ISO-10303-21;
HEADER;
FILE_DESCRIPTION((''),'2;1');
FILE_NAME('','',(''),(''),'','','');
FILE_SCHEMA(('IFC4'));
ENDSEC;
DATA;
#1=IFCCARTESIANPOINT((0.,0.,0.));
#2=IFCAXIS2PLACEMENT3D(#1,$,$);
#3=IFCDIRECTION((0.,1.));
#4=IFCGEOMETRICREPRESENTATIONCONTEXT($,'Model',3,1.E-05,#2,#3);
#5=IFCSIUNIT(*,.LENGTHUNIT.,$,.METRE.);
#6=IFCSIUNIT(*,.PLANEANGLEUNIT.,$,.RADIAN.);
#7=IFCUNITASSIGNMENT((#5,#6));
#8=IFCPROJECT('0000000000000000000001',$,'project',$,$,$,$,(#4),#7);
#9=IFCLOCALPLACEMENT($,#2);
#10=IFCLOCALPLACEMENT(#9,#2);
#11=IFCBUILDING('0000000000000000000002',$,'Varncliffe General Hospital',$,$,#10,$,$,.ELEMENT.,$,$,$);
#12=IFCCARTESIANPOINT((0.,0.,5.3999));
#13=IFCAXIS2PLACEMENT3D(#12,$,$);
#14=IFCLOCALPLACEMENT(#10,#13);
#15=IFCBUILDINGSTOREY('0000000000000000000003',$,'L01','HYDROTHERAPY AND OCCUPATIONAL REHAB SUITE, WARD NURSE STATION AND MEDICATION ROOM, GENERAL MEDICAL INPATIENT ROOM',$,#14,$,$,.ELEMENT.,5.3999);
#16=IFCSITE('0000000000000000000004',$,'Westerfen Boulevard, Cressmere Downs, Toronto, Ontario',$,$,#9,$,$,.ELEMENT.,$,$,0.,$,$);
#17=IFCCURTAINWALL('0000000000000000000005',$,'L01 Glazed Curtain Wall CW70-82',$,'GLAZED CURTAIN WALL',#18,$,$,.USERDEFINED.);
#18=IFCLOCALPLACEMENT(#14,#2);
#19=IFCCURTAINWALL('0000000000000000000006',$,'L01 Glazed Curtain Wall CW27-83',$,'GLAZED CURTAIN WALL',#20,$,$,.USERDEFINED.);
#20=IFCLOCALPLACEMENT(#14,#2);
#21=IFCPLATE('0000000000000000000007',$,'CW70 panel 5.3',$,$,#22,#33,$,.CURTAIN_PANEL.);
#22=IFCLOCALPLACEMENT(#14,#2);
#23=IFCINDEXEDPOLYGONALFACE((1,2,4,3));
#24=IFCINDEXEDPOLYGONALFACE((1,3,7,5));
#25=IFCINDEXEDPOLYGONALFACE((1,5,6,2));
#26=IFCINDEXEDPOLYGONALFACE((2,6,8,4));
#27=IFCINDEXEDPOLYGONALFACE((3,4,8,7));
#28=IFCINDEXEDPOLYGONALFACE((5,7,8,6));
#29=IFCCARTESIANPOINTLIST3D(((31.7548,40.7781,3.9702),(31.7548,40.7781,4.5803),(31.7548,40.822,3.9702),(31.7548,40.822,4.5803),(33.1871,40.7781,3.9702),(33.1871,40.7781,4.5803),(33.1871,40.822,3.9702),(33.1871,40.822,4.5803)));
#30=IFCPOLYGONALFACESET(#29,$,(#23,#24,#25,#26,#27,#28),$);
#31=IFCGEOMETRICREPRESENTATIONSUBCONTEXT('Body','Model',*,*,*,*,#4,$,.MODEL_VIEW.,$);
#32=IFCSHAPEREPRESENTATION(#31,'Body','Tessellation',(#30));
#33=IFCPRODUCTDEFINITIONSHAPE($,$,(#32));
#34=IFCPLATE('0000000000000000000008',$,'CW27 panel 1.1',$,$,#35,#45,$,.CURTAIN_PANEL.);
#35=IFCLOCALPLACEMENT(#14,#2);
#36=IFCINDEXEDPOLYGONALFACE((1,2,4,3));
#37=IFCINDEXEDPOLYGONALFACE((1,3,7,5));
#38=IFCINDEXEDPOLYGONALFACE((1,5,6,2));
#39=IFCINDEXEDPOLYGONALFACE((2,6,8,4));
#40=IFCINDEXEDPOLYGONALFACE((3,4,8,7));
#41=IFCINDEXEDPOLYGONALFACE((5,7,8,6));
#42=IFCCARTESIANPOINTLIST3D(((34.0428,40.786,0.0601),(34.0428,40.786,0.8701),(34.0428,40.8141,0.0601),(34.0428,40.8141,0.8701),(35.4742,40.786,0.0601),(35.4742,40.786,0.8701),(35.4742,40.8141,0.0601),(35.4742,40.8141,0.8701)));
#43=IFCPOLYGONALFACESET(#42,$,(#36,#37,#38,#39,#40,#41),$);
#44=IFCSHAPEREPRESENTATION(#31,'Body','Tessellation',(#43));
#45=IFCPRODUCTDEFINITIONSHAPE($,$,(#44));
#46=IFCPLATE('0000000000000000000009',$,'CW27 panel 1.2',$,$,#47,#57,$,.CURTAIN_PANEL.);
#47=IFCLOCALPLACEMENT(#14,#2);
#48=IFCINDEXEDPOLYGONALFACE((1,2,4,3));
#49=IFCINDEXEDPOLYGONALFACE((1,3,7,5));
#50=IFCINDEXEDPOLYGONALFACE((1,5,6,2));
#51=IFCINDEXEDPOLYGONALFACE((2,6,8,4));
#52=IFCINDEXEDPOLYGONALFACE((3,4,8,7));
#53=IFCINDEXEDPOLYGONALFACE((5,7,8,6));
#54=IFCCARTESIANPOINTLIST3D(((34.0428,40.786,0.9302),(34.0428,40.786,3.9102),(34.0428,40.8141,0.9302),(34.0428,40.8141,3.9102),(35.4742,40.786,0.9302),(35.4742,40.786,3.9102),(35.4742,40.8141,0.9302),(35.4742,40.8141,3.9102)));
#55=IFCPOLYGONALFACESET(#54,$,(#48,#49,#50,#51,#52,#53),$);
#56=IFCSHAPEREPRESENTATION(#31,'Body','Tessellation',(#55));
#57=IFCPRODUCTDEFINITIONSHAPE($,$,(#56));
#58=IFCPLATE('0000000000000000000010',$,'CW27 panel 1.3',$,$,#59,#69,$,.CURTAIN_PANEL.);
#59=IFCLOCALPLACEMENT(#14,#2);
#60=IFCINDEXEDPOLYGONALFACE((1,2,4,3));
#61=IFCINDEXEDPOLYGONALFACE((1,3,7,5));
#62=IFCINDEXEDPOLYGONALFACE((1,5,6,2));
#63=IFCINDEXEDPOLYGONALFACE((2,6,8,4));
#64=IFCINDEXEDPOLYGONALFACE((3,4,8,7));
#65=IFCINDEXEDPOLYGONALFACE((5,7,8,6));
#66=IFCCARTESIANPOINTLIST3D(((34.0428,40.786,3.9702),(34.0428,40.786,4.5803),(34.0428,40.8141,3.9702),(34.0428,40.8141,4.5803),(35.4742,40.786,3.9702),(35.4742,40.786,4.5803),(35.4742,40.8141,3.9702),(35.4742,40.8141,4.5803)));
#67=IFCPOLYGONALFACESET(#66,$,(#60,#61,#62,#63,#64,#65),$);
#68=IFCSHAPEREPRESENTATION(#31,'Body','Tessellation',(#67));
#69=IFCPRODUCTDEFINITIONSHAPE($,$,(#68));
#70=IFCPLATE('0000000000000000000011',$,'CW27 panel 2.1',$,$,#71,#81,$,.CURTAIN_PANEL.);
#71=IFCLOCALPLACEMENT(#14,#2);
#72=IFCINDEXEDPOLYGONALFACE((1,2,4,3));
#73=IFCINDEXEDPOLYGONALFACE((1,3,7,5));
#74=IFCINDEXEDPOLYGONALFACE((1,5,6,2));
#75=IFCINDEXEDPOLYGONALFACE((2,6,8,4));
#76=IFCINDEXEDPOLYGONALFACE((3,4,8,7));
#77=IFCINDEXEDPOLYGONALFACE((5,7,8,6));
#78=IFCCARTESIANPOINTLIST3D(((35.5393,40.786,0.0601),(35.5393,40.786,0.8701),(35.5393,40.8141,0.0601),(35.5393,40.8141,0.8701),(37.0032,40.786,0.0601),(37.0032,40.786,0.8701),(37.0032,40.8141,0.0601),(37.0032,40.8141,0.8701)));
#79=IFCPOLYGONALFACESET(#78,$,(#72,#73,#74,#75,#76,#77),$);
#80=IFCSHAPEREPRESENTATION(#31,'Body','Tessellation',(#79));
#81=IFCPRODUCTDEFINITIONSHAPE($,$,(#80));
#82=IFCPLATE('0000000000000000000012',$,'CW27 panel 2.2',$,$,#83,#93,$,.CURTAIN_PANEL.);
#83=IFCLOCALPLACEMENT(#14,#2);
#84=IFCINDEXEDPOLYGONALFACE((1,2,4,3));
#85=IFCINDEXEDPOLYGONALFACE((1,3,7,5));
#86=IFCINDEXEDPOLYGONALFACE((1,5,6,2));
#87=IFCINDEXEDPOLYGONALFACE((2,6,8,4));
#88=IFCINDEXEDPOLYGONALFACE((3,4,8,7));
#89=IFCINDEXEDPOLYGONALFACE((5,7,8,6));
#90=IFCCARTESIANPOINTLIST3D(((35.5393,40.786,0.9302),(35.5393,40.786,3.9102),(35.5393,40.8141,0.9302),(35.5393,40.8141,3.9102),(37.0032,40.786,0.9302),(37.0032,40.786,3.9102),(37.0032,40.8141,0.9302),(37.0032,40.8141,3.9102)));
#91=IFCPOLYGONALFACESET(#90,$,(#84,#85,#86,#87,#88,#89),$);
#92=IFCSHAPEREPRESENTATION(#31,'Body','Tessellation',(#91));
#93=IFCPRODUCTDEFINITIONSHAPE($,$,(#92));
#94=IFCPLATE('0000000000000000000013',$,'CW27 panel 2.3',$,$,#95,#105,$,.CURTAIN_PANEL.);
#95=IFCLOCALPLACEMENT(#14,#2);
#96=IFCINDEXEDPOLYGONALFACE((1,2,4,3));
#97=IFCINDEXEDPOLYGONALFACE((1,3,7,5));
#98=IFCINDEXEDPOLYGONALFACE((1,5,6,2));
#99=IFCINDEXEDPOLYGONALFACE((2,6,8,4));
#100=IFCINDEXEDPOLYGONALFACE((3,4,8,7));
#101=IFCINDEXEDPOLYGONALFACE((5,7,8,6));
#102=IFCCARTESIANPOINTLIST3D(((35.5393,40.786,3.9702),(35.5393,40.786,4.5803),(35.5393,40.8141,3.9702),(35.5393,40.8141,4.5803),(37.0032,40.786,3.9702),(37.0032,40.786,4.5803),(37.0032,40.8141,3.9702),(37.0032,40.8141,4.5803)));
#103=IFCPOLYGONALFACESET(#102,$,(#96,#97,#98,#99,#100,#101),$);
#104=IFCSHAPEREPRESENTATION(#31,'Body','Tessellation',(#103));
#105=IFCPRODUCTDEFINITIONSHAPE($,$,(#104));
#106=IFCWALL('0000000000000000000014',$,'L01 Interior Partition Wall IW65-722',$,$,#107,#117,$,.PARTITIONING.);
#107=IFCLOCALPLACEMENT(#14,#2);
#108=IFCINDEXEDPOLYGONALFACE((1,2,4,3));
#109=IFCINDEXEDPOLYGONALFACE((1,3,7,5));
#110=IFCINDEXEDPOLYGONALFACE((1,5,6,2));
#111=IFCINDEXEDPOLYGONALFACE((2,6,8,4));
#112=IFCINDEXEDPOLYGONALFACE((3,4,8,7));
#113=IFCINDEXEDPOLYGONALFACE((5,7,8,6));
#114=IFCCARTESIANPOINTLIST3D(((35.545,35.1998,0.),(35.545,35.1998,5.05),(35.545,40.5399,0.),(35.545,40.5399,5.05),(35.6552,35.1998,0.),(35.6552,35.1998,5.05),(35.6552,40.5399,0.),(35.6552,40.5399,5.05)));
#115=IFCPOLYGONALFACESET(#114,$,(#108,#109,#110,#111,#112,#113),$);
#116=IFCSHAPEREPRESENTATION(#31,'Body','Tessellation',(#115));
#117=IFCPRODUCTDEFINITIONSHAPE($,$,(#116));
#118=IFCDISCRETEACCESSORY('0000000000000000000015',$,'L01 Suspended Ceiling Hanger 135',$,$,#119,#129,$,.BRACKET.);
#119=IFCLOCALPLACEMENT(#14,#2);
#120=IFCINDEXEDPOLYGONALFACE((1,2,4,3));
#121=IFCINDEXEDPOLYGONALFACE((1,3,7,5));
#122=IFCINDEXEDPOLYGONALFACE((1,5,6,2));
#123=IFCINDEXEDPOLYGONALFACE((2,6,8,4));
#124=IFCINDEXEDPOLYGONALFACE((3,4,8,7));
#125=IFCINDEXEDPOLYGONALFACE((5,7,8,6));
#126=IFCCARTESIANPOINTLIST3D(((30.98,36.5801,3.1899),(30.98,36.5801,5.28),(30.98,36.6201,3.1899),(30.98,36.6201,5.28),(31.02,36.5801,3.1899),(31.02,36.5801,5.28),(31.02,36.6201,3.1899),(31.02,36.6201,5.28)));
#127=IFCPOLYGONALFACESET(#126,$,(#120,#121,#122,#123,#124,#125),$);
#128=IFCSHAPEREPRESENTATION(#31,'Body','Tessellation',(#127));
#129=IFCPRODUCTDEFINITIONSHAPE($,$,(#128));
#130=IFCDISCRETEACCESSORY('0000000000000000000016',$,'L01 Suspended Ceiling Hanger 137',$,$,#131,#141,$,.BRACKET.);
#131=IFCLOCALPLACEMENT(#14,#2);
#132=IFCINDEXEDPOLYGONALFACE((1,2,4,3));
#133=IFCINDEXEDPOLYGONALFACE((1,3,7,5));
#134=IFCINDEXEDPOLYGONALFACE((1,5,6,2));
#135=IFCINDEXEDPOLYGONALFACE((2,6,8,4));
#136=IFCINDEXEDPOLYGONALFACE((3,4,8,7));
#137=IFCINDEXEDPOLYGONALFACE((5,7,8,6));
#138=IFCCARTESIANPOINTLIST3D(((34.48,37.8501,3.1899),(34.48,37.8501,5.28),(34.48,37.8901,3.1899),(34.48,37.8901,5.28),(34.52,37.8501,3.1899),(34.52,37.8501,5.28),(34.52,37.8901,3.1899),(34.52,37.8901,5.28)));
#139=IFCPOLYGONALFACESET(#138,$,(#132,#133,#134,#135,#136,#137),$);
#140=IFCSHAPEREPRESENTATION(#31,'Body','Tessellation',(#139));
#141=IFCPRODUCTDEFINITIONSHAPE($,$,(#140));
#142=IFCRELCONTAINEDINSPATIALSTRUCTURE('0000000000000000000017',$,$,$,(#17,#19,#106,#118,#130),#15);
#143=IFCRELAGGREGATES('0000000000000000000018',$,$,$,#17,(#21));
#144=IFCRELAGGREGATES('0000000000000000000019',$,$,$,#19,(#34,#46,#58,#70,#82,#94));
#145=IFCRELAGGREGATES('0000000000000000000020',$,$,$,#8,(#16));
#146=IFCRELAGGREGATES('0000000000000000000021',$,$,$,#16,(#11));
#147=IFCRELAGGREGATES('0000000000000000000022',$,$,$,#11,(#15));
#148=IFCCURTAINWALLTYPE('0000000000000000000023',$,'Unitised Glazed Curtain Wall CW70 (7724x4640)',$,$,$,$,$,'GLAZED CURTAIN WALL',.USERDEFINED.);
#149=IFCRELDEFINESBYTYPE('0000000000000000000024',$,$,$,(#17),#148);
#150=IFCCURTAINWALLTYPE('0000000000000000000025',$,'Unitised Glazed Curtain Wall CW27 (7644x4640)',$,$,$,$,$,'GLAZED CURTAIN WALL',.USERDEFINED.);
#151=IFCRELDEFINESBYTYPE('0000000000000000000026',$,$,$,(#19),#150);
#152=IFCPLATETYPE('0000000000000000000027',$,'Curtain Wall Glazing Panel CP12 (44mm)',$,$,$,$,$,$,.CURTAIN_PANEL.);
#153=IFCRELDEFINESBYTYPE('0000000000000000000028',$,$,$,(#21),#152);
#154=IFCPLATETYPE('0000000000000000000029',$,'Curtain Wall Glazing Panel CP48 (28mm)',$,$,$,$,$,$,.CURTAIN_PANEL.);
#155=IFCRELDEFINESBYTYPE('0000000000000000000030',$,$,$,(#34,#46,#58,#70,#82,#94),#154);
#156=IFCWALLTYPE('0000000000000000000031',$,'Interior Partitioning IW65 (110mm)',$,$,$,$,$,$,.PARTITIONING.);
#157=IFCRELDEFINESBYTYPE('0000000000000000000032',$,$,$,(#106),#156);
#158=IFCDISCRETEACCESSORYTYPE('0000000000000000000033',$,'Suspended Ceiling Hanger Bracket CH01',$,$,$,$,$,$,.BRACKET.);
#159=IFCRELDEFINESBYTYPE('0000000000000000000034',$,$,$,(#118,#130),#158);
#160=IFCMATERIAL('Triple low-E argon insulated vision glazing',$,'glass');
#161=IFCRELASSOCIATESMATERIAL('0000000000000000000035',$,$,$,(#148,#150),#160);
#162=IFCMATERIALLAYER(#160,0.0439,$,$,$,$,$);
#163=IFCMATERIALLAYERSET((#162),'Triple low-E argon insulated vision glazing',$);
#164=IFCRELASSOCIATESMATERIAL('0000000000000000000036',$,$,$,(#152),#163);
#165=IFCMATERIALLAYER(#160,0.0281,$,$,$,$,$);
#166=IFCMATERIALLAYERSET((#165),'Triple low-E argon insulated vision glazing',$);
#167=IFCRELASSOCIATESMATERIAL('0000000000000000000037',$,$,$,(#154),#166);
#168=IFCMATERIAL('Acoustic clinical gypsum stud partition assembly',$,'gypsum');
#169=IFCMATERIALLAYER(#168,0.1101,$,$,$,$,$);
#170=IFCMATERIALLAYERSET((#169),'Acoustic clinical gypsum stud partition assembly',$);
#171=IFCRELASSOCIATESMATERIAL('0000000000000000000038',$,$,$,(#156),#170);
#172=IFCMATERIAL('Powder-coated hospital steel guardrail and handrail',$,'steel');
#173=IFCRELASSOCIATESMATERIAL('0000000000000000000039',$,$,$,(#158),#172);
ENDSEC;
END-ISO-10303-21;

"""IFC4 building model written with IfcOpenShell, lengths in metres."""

from ifc_helpers import new_model, si_unit, direction, frame, frame_2d, origin, origin_2d, place, context, subcontext, project, spatial, rectangle, extrude, material, layer, layer_set, type_object, element, aggregate, save


model = new_model("IFC4")

# Units and contexts
model_context = context("Model", 3, precision=1e-05, world=origin(), true_north=direction((0.0, 1.0)))
body_context = subcontext(model_context, "Body", "Model", "MODEL_VIEW")
ifc_project = project(units=[si_unit("LENGTHUNIT", "METRE"), si_unit("PLANEANGLEUNIT", "RADIAN")], contexts=[model_context])

# Site, building, storey
site_placement = place(None, origin())
site = spatial("IfcSite", under=ifc_project, at=site_placement, Name="Westerfen Boulevard, Cressmere Downs, Toronto, Ontario", CompositionType="ELEMENT", RefElevation=0.0)
building_placement = place(site_placement, origin())
building = spatial("IfcBuilding", under=site, at=building_placement, Name="Varncliffe General Hospital", CompositionType="ELEMENT")
storey_placement = place(building_placement, frame((0.0, 0.0, 5.3999)))
storey = spatial("IfcBuildingStorey", under=building, at=storey_placement, Name="L01", Description="HYDROTHERAPY AND OCCUPATIONAL REHAB SUITE, WARD NURSE STATION AND MEDICATION ROOM, GENERAL MEDICAL INPATIENT ROOM", CompositionType="ELEMENT", Elevation=5.3999)

# Curtain walls
ifc_material_1 = material(Name="Triple low-E argon insulated vision glazing", Category="glass")
curtain_wall_type_1 = type_object("IfcCurtainWallType", Name="Unitised Glazed Curtain Wall CW70 (7724x4640)", ElementType="GLAZED CURTAIN WALL", PredefinedType="USERDEFINED", material=ifc_material_1)
curtain_wall_1_placement = place(storey_placement, origin())
curtain_wall_1 = element("IfcCurtainWall", 1, at=curtain_wall_1_placement, inside=storey, type_object=curtain_wall_type_1, Name="L01 Glazed Curtain Wall CW70-82", ObjectType="GLAZED CURTAIN WALL", PredefinedType="USERDEFINED")
curtain_wall_type_2 = type_object("IfcCurtainWallType", Name="Unitised Glazed Curtain Wall CW27 (7644x4640)", ElementType="GLAZED CURTAIN WALL", PredefinedType="USERDEFINED", material=ifc_material_1)
curtain_wall_2_placement = place(storey_placement, origin())
curtain_wall_2 = element("IfcCurtainWall", 2, at=curtain_wall_2_placement, inside=storey, type_object=curtain_wall_type_2, Name="L01 Glazed Curtain Wall CW27-83", ObjectType="GLAZED CURTAIN WALL", PredefinedType="USERDEFINED")

# Plates
ifc_layer_1 = layer(ifc_material_1, 0.0439)
ifc_layer_set_1 = layer_set([ifc_layer_1], Name="Triple low-E argon insulated vision glazing")
plate_type_1 = type_object("IfcPlateType", Name="Curtain Wall Glazing Panel CP12 (44mm)", PredefinedType="CURTAIN_PANEL", material=ifc_layer_set_1)
plate_1_placement = place(storey_placement, frame((32.4709, 40.8, 3.9702), z_axis=(0.0, 0.0, 1.0), x_axis=(1.0, 0.0, 0.0)))
plate_1 = element("IfcPlate", 3, at=plate_1_placement, type_object=plate_type_1, Name="CW70 panel 5.3", PredefinedType="CURTAIN_PANEL", context=body_context, shape_type="SweptSolid", body=[
    extrude(rectangle(XDim=1.4324, YDim=0.0439, at=origin_2d()), origin(), (0.0, 0.0, 1.0), 0.6101),
])
aggregate(curtain_wall_1, [plate_1])
ifc_layer_2 = layer(ifc_material_1, 0.0281)
ifc_layer_set_2 = layer_set([ifc_layer_2], Name="Triple low-E argon insulated vision glazing")
plate_type_2 = type_object("IfcPlateType", Name="Curtain Wall Glazing Panel CP48 (28mm)", PredefinedType="CURTAIN_PANEL", material=ifc_layer_set_2)
plate_2_placement = place(storey_placement, frame((34.7585, 40.8, 0.0601), z_axis=(0.0, 0.0, 1.0), x_axis=(1.0, 0.0, 0.0)))
plate_2 = element("IfcPlate", 4, at=plate_2_placement, type_object=plate_type_2, Name="CW27 panel 1.1", PredefinedType="CURTAIN_PANEL", context=body_context, shape_type="SweptSolid", body=[
    extrude(rectangle(XDim=1.4314, YDim=0.0281, at=origin_2d()), origin(), (0.0, 0.0, 1.0), 0.8101),
])
plate_3_placement = place(storey_placement, frame((34.7585, 40.8, 0.9302), z_axis=(0.0, 0.0, 1.0), x_axis=(1.0, 0.0, 0.0)))
plate_3 = element("IfcPlate", 5, at=plate_3_placement, type_object=plate_type_2, Name="CW27 panel 1.2", PredefinedType="CURTAIN_PANEL", context=body_context, shape_type="SweptSolid", body=[
    extrude(rectangle(XDim=1.4314, YDim=0.0281, at=origin_2d()), origin(), (0.0, 0.0, 1.0), 2.98),
])
plate_4_placement = place(storey_placement, frame((34.7585, 40.8, 3.9702), z_axis=(0.0, 0.0, 1.0), x_axis=(1.0, 0.0, 0.0)))
plate_4 = element("IfcPlate", 6, at=plate_4_placement, type_object=plate_type_2, Name="CW27 panel 1.3", PredefinedType="CURTAIN_PANEL", context=body_context, shape_type="SweptSolid", body=[
    extrude(rectangle(XDim=1.4314, YDim=0.0281, at=origin_2d()), origin(), (0.0, 0.0, 1.0), 0.6101),
])
plate_5_placement = place(storey_placement, frame((36.2712, 40.8, 0.0601), z_axis=(0.0, 0.0, 1.0), x_axis=(1.0, 0.0, 0.0)))
plate_5 = element("IfcPlate", 7, at=plate_5_placement, type_object=plate_type_2, Name="CW27 panel 2.1", PredefinedType="CURTAIN_PANEL", context=body_context, shape_type="SweptSolid", body=[
    extrude(rectangle(XDim=1.4639, YDim=0.0281, at=origin_2d()), origin(), (0.0, 0.0, 1.0), 0.8101),
])
plate_6_placement = place(storey_placement, frame((36.2712, 40.8, 0.9302), z_axis=(0.0, 0.0, 1.0), x_axis=(1.0, 0.0, 0.0)))
plate_6 = element("IfcPlate", 8, at=plate_6_placement, type_object=plate_type_2, Name="CW27 panel 2.2", PredefinedType="CURTAIN_PANEL", context=body_context, shape_type="SweptSolid", body=[
    extrude(rectangle(XDim=1.4639, YDim=0.0281, at=origin_2d()), origin(), (0.0, 0.0, 1.0), 2.98),
])
plate_7_placement = place(storey_placement, frame((36.2712, 40.8, 3.9702), z_axis=(0.0, 0.0, 1.0), x_axis=(1.0, 0.0, 0.0)))
plate_7 = element("IfcPlate", 9, at=plate_7_placement, type_object=plate_type_2, Name="CW27 panel 2.3", PredefinedType="CURTAIN_PANEL", context=body_context, shape_type="SweptSolid", body=[
    extrude(rectangle(XDim=1.4639, YDim=0.0281, at=origin_2d()), origin(), (0.0, 0.0, 1.0), 0.6101),
])
aggregate(curtain_wall_2, [plate_2, plate_3, plate_4, plate_5, plate_6, plate_7])

# Wall
ifc_material_2 = material(Name="Acoustic clinical gypsum stud partition assembly", Category="gypsum")
ifc_layer_3 = layer(ifc_material_2, 0.1101)
ifc_layer_set_3 = layer_set([ifc_layer_3], Name="Acoustic clinical gypsum stud partition assembly")
wall_type = type_object("IfcWallType", Name="Interior Partitioning IW65 (110mm)", PredefinedType="PARTITIONING", material=ifc_layer_set_3)
wall_placement = place(storey_placement, frame((35.6001, 35.2, 0.0), z_axis=(0.0, 0.0, 1.0), x_axis=(0.0, 1.0, 0.0)))
element("IfcWall", 10, at=wall_placement, inside=storey, type_object=wall_type, Name="L01 Interior Partition Wall IW65-722", PredefinedType="PARTITIONING", context=body_context, shape_type="SweptSolid", body=[
    extrude(rectangle(XDim=5.3401, YDim=0.1101, at=frame_2d((2.6699, 0.0))), origin(), (0.0, 0.0, 1.0), 5.05),
])

# Discrete accessories
ifc_material_3 = material(Name="Powder-coated hospital steel guardrail and handrail", Category="steel")
discrete_accessory_type = type_object("IfcDiscreteAccessoryType", Name="Suspended Ceiling Hanger Bracket CH01", PredefinedType="BRACKET", material=ifc_material_3)
for number, where, z_axis, x_axis, name in (
    (11, (31.0, 36.6001, 3.1899), (0.0, 0.0, 1.0), (1.0, 0.0, 0.0), "L01 Suspended Ceiling Hanger 135"),
    (12, (34.5, 37.8701, 3.1899), (0.0, 0.0, 1.0), (1.0, 0.0, 0.0), "L01 Suspended Ceiling Hanger 137"),
):
    element("IfcDiscreteAccessory", number, at=place(storey_placement, frame(where, z_axis=z_axis, x_axis=x_axis)), inside=storey, type_object=discrete_accessory_type, Name=name, PredefinedType="BRACKET", context=body_context, shape_type="SweptSolid", body=[
        extrude(rectangle(XDim=0.04, YDim=0.04, at=origin_2d()), origin(), (0.0, 0.0, 1.0), 2.0901),
    ])

save(model, "model.ifc")
